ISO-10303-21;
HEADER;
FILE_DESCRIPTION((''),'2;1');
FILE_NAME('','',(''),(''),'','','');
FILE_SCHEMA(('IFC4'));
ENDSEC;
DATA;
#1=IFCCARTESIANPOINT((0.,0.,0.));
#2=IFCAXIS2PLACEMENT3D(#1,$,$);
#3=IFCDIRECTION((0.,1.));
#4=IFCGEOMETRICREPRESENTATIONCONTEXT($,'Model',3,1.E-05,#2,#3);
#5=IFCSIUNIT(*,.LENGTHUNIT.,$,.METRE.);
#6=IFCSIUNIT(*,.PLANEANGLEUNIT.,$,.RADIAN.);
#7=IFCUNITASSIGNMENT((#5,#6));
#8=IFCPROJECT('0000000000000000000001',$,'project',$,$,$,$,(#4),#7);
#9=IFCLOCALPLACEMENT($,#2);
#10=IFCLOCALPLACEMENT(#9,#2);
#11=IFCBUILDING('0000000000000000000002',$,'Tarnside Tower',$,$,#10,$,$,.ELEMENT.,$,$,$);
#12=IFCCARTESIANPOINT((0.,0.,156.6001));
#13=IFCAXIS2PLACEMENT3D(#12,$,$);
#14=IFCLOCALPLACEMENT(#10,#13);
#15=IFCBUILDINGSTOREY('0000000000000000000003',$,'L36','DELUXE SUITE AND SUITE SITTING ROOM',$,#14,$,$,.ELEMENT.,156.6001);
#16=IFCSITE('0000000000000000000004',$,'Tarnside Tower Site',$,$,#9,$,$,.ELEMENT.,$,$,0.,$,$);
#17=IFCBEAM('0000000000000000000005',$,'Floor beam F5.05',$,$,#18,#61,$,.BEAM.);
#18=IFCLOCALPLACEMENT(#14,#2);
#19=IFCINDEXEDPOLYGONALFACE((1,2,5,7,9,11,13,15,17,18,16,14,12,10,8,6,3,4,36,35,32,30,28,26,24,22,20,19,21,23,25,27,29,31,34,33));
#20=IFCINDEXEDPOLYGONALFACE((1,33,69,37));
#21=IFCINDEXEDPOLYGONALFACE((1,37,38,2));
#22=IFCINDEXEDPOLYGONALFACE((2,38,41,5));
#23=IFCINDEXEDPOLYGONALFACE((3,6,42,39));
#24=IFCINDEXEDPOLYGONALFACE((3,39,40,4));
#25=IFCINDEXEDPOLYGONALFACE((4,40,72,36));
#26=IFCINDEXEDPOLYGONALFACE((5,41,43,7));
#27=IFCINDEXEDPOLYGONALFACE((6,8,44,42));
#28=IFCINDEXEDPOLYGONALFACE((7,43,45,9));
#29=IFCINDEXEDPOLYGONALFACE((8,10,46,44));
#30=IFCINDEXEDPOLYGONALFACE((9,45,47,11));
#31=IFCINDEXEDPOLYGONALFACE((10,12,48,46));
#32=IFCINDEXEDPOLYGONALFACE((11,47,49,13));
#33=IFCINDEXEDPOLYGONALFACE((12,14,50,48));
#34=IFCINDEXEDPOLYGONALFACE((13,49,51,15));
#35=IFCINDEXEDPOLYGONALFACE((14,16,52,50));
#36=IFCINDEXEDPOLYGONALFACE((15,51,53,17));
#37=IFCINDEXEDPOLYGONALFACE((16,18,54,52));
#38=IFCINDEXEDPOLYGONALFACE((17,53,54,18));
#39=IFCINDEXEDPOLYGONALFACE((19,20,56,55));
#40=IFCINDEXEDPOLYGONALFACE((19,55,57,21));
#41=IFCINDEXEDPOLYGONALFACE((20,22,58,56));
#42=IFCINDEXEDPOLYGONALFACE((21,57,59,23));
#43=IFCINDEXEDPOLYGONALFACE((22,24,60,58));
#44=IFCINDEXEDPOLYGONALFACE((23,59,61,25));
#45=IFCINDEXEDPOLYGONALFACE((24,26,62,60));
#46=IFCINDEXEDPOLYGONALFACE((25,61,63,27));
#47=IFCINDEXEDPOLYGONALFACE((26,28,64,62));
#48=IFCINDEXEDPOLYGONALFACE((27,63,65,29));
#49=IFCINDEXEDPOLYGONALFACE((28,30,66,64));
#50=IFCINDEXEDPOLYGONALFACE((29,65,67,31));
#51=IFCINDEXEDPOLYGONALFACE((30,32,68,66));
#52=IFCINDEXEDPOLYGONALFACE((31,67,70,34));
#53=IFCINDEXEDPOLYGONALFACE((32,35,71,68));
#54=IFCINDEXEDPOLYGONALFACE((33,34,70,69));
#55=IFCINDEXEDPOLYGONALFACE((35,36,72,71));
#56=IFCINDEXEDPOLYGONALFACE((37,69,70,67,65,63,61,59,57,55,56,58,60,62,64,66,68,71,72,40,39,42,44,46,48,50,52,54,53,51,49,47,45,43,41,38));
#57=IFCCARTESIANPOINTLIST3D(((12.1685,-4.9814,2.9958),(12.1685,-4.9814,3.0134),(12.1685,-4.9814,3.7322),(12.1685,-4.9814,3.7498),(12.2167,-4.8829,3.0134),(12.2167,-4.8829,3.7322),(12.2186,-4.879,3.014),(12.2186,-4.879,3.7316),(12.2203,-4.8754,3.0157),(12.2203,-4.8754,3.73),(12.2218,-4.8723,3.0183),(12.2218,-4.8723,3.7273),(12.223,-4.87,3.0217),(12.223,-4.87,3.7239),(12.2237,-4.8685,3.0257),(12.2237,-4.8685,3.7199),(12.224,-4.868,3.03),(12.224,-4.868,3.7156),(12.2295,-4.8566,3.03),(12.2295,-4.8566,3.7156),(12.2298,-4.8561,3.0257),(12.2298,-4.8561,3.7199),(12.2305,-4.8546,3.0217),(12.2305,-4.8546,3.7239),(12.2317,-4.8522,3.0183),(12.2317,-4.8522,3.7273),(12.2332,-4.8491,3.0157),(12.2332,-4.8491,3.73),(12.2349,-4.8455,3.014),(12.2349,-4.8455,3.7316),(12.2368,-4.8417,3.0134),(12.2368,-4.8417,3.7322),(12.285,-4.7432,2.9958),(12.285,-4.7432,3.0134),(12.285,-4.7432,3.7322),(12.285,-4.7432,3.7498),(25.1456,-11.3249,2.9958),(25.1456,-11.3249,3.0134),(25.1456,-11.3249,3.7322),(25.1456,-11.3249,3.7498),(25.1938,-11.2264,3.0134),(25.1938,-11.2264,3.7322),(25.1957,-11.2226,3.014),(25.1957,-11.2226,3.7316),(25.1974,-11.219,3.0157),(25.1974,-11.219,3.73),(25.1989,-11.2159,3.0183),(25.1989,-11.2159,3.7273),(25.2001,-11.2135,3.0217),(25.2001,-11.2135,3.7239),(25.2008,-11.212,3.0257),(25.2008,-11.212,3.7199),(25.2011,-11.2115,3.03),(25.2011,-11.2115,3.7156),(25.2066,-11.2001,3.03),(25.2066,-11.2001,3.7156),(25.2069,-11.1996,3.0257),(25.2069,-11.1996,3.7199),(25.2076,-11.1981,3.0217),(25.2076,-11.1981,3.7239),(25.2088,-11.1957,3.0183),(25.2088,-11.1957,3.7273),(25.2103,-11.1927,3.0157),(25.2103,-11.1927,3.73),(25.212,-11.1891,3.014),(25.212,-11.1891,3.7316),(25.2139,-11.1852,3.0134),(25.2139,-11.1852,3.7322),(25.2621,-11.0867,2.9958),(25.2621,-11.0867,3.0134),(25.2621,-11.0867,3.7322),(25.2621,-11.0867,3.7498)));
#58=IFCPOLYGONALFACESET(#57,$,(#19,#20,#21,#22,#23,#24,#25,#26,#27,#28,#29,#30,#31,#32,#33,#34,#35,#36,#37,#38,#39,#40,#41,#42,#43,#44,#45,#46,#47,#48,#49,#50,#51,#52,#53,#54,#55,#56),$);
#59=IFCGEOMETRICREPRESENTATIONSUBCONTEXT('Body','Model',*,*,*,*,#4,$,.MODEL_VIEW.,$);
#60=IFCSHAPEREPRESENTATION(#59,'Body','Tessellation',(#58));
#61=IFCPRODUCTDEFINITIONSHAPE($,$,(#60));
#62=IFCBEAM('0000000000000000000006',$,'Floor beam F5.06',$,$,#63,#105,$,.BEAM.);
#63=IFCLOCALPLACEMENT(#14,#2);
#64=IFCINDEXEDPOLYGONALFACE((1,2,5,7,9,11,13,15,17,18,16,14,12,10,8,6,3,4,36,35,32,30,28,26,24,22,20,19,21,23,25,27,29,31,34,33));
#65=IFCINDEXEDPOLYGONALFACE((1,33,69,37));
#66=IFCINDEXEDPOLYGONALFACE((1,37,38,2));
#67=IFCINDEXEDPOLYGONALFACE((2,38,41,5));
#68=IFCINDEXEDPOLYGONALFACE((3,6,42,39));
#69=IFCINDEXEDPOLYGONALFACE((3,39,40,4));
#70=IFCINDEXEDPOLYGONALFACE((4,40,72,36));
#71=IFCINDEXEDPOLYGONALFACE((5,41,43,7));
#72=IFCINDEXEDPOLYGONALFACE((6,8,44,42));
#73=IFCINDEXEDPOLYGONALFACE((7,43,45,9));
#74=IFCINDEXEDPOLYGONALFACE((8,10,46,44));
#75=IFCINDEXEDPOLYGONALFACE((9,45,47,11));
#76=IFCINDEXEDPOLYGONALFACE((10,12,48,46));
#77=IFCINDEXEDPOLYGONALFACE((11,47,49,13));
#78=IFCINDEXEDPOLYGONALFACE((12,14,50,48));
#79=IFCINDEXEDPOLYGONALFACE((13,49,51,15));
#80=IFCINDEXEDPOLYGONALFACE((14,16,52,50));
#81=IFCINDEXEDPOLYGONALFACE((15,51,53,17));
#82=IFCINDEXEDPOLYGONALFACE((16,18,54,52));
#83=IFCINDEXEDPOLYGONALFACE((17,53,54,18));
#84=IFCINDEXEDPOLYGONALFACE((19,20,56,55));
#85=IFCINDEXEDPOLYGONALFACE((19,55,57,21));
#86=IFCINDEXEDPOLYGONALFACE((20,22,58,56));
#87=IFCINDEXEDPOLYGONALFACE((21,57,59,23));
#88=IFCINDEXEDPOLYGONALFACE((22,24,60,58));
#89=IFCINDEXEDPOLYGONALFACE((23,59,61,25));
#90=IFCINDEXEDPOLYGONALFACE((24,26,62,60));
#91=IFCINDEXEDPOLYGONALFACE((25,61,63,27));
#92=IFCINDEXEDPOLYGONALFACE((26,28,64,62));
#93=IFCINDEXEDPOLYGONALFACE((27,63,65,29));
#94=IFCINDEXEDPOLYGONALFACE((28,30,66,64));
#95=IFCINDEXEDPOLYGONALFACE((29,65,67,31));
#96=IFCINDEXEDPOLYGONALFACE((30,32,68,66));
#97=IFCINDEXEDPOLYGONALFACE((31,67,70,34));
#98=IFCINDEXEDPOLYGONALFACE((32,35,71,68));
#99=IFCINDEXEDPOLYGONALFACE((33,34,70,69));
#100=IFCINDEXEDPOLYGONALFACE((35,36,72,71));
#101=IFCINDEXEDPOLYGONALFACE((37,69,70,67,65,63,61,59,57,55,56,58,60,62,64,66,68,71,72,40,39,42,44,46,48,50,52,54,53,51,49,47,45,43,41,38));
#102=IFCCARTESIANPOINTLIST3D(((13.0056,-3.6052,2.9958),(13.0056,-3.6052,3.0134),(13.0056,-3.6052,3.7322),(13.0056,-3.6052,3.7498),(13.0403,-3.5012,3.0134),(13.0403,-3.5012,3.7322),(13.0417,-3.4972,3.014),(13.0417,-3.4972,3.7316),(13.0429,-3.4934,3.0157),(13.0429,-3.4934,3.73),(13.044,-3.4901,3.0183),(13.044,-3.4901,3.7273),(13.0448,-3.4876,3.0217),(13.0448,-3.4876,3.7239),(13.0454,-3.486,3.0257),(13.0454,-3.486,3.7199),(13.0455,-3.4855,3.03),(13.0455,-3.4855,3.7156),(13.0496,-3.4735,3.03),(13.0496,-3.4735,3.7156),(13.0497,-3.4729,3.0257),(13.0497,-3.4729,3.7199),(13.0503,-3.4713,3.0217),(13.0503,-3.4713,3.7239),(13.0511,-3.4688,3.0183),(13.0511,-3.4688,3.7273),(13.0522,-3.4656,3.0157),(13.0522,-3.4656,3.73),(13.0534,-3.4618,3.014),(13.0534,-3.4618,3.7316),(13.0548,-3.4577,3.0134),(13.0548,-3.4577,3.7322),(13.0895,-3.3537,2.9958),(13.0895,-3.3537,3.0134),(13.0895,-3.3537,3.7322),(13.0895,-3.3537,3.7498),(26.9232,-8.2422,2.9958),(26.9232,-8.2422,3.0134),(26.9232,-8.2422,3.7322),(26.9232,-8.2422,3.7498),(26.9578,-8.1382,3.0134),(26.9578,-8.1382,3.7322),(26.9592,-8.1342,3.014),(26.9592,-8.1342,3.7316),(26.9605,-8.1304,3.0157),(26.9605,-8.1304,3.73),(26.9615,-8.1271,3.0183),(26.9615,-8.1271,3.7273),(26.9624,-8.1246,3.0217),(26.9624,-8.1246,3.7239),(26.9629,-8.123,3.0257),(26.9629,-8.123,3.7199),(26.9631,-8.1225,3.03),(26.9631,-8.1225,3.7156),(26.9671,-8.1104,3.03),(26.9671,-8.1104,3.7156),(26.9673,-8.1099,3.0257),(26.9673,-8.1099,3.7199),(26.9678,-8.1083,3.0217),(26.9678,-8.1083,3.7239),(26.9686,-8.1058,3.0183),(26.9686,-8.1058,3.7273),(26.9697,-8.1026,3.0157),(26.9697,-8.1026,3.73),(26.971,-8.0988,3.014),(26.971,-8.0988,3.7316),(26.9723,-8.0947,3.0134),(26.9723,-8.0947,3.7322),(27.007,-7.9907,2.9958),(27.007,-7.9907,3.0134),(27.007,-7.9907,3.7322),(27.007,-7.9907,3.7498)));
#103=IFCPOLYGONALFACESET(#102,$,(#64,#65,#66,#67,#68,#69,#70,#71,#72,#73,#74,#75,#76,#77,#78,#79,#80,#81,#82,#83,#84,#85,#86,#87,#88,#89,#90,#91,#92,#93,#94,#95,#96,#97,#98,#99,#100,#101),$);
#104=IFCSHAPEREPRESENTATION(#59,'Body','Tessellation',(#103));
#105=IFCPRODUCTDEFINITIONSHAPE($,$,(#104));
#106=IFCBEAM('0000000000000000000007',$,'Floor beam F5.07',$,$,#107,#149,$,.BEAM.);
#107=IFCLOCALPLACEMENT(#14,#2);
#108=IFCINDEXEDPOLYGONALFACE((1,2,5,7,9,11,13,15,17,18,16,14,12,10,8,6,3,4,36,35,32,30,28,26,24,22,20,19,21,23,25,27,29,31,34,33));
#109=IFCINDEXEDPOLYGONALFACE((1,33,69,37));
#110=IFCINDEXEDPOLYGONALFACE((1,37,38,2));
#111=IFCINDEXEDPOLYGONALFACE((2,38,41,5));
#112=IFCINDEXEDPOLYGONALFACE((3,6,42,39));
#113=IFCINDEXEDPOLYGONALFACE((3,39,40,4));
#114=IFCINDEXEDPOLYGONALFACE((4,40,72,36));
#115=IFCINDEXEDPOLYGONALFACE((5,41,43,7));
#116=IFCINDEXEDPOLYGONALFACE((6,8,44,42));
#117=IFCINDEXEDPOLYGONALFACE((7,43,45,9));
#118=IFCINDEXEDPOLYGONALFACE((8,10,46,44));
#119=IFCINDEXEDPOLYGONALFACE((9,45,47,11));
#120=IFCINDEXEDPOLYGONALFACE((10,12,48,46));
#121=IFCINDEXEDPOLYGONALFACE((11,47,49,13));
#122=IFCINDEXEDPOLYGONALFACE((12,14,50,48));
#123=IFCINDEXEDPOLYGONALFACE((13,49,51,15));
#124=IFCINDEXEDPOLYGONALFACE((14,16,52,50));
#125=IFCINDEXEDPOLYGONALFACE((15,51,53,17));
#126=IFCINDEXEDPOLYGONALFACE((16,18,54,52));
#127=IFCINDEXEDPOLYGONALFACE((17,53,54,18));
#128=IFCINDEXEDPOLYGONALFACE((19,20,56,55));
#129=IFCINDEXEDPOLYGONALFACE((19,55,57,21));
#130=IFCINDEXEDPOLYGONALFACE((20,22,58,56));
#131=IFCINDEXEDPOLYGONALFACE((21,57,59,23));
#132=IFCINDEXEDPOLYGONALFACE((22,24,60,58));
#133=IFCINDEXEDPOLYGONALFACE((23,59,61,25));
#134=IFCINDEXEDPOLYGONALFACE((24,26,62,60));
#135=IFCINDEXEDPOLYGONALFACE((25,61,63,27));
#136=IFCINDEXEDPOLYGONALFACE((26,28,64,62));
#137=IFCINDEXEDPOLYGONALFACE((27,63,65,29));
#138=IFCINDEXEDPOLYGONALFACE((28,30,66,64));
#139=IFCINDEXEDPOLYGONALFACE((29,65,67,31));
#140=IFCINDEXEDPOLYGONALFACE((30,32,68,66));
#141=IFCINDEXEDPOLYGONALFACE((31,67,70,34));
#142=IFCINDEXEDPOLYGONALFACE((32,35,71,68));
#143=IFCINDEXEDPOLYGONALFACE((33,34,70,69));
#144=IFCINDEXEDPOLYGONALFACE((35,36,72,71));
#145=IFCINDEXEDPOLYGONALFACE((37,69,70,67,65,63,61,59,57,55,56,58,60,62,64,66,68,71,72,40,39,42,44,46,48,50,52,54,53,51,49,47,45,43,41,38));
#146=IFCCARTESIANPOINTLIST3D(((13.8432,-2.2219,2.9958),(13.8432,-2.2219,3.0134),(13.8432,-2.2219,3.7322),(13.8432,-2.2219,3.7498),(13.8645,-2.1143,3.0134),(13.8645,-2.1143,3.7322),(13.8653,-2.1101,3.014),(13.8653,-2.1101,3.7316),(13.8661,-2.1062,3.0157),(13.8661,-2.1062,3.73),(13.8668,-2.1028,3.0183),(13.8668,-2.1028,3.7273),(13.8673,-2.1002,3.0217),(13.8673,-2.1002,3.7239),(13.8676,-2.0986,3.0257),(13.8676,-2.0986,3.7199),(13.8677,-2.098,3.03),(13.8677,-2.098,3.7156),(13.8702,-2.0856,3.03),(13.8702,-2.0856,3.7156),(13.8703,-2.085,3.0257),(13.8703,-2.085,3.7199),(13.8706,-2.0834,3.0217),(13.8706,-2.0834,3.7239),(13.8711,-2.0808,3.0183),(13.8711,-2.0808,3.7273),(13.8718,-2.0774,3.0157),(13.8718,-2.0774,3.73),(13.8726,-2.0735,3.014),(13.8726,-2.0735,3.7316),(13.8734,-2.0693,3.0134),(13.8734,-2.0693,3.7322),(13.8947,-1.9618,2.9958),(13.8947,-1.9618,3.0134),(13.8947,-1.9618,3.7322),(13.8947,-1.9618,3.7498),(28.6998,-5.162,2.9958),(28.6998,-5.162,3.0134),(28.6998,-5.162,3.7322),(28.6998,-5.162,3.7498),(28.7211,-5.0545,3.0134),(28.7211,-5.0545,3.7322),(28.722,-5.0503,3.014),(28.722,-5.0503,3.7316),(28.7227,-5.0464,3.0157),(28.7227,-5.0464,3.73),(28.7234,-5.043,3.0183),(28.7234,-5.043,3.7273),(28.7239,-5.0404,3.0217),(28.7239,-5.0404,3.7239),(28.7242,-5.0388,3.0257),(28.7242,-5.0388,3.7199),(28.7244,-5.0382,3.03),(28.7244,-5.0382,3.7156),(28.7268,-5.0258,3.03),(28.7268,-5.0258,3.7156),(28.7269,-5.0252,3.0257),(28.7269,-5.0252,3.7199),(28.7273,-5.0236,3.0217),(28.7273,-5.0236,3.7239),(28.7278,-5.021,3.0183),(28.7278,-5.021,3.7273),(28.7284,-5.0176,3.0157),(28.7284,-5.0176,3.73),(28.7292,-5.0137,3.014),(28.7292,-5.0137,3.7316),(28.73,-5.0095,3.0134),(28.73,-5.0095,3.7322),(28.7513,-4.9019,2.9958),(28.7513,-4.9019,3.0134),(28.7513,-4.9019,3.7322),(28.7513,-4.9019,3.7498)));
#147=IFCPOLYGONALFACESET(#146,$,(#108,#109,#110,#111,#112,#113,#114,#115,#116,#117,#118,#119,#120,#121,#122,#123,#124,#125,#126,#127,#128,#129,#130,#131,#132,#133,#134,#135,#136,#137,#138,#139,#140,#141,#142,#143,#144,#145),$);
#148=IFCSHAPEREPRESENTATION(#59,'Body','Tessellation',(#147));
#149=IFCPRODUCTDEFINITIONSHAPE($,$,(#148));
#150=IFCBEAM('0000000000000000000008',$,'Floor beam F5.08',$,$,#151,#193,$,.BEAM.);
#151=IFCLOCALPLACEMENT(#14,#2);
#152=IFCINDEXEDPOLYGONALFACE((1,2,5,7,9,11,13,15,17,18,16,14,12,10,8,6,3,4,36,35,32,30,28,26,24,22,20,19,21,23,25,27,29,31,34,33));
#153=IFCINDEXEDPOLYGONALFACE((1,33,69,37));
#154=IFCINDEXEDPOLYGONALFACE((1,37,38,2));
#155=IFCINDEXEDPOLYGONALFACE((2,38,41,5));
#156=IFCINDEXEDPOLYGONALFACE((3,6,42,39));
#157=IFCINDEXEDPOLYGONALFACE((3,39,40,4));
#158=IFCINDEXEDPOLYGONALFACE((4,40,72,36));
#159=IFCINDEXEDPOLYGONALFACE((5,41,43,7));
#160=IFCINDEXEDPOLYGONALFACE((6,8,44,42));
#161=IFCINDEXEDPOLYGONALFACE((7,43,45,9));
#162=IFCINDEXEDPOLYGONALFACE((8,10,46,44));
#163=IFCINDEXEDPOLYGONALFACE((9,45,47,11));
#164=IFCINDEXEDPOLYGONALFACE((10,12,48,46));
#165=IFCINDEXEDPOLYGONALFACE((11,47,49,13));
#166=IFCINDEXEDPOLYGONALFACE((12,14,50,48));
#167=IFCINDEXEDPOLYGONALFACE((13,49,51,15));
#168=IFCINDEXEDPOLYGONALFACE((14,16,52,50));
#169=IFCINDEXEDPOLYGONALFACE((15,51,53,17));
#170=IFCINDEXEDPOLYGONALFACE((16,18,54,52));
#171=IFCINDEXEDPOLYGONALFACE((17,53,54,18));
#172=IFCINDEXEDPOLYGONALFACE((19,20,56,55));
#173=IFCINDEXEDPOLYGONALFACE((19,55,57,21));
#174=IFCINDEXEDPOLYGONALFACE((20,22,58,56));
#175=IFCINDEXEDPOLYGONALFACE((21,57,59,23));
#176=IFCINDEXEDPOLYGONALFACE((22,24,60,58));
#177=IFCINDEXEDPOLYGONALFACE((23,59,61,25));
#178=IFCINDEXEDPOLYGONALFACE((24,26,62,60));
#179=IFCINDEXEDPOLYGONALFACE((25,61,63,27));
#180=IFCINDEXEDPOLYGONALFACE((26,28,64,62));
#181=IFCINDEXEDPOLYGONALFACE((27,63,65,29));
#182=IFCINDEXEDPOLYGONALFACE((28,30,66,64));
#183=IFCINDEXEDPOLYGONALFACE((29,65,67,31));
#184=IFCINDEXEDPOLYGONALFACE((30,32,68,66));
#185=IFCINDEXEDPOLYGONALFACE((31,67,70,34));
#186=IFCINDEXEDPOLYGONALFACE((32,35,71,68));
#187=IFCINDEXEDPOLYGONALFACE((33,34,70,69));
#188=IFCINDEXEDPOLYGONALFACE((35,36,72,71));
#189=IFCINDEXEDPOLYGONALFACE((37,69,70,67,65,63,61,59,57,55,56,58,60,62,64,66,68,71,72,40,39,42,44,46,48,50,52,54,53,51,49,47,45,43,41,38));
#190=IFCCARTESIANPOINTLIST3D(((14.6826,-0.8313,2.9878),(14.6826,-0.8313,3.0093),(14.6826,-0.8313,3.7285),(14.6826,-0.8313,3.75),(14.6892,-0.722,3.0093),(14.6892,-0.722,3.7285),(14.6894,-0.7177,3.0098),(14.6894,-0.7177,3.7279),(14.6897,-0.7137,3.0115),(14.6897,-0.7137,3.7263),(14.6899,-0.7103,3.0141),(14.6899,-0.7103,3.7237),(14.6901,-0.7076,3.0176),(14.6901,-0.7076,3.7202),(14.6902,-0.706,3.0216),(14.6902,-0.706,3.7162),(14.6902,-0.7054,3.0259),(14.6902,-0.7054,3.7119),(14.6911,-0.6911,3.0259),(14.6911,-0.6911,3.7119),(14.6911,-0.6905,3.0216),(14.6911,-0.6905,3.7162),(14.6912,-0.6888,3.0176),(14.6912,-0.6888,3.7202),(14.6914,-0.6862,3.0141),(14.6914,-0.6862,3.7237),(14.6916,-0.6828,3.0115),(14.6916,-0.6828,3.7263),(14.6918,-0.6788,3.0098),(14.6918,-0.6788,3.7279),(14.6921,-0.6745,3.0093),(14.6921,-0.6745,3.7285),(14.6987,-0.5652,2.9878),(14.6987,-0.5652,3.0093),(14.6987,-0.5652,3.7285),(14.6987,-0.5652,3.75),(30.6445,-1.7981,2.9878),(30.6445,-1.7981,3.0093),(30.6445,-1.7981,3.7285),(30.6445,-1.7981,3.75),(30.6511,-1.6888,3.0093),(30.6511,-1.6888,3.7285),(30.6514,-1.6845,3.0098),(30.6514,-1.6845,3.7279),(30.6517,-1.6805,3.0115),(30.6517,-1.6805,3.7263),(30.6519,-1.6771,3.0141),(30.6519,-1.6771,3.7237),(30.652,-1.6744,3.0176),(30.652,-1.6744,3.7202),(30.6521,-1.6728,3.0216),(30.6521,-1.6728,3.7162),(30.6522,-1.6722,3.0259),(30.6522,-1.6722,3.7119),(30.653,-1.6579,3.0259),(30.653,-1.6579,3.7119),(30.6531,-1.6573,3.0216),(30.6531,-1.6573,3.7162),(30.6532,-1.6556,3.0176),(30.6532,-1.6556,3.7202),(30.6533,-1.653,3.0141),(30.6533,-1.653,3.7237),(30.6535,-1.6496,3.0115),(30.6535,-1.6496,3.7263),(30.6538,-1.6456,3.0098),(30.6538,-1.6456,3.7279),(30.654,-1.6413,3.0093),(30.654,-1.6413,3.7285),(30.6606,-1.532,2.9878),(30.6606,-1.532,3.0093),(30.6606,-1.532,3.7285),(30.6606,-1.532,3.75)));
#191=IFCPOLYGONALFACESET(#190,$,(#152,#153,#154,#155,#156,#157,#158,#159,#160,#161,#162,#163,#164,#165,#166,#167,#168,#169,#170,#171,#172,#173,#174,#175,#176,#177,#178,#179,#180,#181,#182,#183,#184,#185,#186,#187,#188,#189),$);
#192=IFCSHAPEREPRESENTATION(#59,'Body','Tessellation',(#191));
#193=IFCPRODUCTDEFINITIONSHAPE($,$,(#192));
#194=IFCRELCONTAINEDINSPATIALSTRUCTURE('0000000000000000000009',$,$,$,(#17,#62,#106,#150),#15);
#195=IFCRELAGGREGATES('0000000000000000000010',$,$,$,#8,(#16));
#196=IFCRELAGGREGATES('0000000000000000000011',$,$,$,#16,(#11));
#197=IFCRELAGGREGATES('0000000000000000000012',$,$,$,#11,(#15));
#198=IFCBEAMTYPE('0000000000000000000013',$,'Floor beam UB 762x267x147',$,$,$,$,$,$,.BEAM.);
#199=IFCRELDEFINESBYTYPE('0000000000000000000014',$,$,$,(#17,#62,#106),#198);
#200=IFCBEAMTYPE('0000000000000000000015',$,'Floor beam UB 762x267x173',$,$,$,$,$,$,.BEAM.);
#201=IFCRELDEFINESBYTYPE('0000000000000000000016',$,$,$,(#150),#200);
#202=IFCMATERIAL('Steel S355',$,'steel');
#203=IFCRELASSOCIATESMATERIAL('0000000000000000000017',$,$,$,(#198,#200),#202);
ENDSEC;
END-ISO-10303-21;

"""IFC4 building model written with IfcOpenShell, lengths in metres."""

from ifc_helpers import new_model, si_unit, direction, frame, origin, origin_2d, place, context, subcontext, project, spatial, i_section, extrude, material, material_profile, profile_set, type_object, element, save


model = new_model("IFC4")

# Units and contexts
model_context = context("Model", 3, precision=1e-05, world=origin(), true_north=direction((0.0, 1.0)))
body_context = subcontext(model_context, "Body", "Model", "MODEL_VIEW")
ifc_project = project(units=[si_unit("LENGTHUNIT", "METRE"), si_unit("PLANEANGLEUNIT", "RADIAN")], contexts=[model_context])

# Site, building, storey
site_placement = place(None, origin())
site = spatial("IfcSite", under=ifc_project, at=site_placement, Name="Tarnside Tower Site", CompositionType="ELEMENT", RefElevation=0.0)
building_placement = place(site_placement, origin())
building = spatial("IfcBuilding", under=site, at=building_placement, Name="Tarnside Tower", CompositionType="ELEMENT")
storey_placement = place(building_placement, frame((0.0, 0.0, 156.6001)))
storey = spatial("IfcBuildingStorey", under=building, at=storey_placement, Name="L36", Description="DELUXE SUITE AND SUITE SITTING ROOM", CompositionType="ELEMENT", Elevation=156.6001)

# Beams
ifc_material_1 = material(Name="Steel S355", Category="steel")
ifc_material_profile_1 = material_profile(ifc_material_1, i_section(OverallWidth=0.2651, OverallDepth=0.7539, WebThickness=0.0127, FlangeThickness=0.0176, FilletRadius=0.0166, at=origin_2d()), Name="UB 762x267x147")
ifc_profile_set_1 = profile_set([ifc_material_profile_1], Name="Steel S355")
beam_type_1 = type_object("IfcBeamType", Name="Floor beam UB 762x267x147", PredefinedType="BEAM", material=ifc_profile_set_1)
beam_1_placement = place(storey_placement, frame((25.2039, -11.2058, 3.3728), z_axis=(-0.898407, 0.439164, 0.0), x_axis=(-0.439164, -0.898407, 0.0)))
element("IfcBeam", 1, at=beam_1_placement, inside=storey, type_object=beam_type_1, Name="Floor beam F5.05", PredefinedType="BEAM", context=body_context, shape_type="SweptSolid", body=[
    extrude(i_section(OverallWidth=0.2651, OverallDepth=0.7539, WebThickness=0.0127, FlangeThickness=0.0176, FilletRadius=0.0166, at=origin_2d()), origin(), (0.0, 0.0, 1.0), 14.4446),
])
beam_2_placement = place(storey_placement, frame((26.9651, -8.1165, 3.3728), z_axis=(-0.948728, 0.316093, 0.0), x_axis=(-0.316093, -0.948728, 0.0)))
element("IfcBeam", 2, at=beam_2_placement, inside=storey, type_object=beam_type_1, Name="Floor beam F5.06", PredefinedType="BEAM", context=body_context, shape_type="SweptSolid", body=[
    extrude(i_section(OverallWidth=0.2651, OverallDepth=0.7539, WebThickness=0.0127, FlangeThickness=0.0176, FilletRadius=0.0166, at=origin_2d()), origin(), (0.0, 0.0, 1.0), 14.6697),
])
beam_3_placement = place(storey_placement, frame((28.7256, -5.032, 3.3728), z_axis=(-0.980974, 0.194138, 0.0), x_axis=(-0.194138, -0.980974, 0.0)))
element("IfcBeam", 3, at=beam_3_placement, inside=storey, type_object=beam_type_1, Name="Floor beam F5.07", PredefinedType="BEAM", context=body_context, shape_type="SweptSolid", body=[
    extrude(i_section(OverallWidth=0.2651, OverallDepth=0.7539, WebThickness=0.0127, FlangeThickness=0.0176, FilletRadius=0.0166, at=origin_2d()), origin(), (0.0, 0.0, 1.0), 15.1448),
])
ifc_material_profile_2 = material_profile(ifc_material_1, i_section(OverallWidth=0.2666, OverallDepth=0.7622, WebThickness=0.0144, FlangeThickness=0.0215, FilletRadius=0.0166, at=origin_2d()), Name="UB 762x267x173")
ifc_profile_set_2 = profile_set([ifc_material_profile_2], Name="Steel S355")
beam_type_2 = type_object("IfcBeamType", Name="Floor beam UB 762x267x173", PredefinedType="BEAM", material=ifc_profile_set_2)
beam_4_placement = place(storey_placement, frame((30.6526, -1.665, 3.3689), z_axis=(-0.998171, 0.060458, 0.0), x_axis=(-0.060458, -0.998171, 0.0)))
element("IfcBeam", 4, at=beam_4_placement, inside=storey, type_object=beam_type_2, Name="Floor beam F5.08", PredefinedType="BEAM", context=body_context, shape_type="SweptSolid", body=[
    extrude(i_section(OverallWidth=0.2666, OverallDepth=0.7622, WebThickness=0.0144, FlangeThickness=0.0215, FilletRadius=0.0166, at=origin_2d()), origin(), (0.0, 0.0, 1.0), 15.9912),
])

save(model, "model.ifc")
